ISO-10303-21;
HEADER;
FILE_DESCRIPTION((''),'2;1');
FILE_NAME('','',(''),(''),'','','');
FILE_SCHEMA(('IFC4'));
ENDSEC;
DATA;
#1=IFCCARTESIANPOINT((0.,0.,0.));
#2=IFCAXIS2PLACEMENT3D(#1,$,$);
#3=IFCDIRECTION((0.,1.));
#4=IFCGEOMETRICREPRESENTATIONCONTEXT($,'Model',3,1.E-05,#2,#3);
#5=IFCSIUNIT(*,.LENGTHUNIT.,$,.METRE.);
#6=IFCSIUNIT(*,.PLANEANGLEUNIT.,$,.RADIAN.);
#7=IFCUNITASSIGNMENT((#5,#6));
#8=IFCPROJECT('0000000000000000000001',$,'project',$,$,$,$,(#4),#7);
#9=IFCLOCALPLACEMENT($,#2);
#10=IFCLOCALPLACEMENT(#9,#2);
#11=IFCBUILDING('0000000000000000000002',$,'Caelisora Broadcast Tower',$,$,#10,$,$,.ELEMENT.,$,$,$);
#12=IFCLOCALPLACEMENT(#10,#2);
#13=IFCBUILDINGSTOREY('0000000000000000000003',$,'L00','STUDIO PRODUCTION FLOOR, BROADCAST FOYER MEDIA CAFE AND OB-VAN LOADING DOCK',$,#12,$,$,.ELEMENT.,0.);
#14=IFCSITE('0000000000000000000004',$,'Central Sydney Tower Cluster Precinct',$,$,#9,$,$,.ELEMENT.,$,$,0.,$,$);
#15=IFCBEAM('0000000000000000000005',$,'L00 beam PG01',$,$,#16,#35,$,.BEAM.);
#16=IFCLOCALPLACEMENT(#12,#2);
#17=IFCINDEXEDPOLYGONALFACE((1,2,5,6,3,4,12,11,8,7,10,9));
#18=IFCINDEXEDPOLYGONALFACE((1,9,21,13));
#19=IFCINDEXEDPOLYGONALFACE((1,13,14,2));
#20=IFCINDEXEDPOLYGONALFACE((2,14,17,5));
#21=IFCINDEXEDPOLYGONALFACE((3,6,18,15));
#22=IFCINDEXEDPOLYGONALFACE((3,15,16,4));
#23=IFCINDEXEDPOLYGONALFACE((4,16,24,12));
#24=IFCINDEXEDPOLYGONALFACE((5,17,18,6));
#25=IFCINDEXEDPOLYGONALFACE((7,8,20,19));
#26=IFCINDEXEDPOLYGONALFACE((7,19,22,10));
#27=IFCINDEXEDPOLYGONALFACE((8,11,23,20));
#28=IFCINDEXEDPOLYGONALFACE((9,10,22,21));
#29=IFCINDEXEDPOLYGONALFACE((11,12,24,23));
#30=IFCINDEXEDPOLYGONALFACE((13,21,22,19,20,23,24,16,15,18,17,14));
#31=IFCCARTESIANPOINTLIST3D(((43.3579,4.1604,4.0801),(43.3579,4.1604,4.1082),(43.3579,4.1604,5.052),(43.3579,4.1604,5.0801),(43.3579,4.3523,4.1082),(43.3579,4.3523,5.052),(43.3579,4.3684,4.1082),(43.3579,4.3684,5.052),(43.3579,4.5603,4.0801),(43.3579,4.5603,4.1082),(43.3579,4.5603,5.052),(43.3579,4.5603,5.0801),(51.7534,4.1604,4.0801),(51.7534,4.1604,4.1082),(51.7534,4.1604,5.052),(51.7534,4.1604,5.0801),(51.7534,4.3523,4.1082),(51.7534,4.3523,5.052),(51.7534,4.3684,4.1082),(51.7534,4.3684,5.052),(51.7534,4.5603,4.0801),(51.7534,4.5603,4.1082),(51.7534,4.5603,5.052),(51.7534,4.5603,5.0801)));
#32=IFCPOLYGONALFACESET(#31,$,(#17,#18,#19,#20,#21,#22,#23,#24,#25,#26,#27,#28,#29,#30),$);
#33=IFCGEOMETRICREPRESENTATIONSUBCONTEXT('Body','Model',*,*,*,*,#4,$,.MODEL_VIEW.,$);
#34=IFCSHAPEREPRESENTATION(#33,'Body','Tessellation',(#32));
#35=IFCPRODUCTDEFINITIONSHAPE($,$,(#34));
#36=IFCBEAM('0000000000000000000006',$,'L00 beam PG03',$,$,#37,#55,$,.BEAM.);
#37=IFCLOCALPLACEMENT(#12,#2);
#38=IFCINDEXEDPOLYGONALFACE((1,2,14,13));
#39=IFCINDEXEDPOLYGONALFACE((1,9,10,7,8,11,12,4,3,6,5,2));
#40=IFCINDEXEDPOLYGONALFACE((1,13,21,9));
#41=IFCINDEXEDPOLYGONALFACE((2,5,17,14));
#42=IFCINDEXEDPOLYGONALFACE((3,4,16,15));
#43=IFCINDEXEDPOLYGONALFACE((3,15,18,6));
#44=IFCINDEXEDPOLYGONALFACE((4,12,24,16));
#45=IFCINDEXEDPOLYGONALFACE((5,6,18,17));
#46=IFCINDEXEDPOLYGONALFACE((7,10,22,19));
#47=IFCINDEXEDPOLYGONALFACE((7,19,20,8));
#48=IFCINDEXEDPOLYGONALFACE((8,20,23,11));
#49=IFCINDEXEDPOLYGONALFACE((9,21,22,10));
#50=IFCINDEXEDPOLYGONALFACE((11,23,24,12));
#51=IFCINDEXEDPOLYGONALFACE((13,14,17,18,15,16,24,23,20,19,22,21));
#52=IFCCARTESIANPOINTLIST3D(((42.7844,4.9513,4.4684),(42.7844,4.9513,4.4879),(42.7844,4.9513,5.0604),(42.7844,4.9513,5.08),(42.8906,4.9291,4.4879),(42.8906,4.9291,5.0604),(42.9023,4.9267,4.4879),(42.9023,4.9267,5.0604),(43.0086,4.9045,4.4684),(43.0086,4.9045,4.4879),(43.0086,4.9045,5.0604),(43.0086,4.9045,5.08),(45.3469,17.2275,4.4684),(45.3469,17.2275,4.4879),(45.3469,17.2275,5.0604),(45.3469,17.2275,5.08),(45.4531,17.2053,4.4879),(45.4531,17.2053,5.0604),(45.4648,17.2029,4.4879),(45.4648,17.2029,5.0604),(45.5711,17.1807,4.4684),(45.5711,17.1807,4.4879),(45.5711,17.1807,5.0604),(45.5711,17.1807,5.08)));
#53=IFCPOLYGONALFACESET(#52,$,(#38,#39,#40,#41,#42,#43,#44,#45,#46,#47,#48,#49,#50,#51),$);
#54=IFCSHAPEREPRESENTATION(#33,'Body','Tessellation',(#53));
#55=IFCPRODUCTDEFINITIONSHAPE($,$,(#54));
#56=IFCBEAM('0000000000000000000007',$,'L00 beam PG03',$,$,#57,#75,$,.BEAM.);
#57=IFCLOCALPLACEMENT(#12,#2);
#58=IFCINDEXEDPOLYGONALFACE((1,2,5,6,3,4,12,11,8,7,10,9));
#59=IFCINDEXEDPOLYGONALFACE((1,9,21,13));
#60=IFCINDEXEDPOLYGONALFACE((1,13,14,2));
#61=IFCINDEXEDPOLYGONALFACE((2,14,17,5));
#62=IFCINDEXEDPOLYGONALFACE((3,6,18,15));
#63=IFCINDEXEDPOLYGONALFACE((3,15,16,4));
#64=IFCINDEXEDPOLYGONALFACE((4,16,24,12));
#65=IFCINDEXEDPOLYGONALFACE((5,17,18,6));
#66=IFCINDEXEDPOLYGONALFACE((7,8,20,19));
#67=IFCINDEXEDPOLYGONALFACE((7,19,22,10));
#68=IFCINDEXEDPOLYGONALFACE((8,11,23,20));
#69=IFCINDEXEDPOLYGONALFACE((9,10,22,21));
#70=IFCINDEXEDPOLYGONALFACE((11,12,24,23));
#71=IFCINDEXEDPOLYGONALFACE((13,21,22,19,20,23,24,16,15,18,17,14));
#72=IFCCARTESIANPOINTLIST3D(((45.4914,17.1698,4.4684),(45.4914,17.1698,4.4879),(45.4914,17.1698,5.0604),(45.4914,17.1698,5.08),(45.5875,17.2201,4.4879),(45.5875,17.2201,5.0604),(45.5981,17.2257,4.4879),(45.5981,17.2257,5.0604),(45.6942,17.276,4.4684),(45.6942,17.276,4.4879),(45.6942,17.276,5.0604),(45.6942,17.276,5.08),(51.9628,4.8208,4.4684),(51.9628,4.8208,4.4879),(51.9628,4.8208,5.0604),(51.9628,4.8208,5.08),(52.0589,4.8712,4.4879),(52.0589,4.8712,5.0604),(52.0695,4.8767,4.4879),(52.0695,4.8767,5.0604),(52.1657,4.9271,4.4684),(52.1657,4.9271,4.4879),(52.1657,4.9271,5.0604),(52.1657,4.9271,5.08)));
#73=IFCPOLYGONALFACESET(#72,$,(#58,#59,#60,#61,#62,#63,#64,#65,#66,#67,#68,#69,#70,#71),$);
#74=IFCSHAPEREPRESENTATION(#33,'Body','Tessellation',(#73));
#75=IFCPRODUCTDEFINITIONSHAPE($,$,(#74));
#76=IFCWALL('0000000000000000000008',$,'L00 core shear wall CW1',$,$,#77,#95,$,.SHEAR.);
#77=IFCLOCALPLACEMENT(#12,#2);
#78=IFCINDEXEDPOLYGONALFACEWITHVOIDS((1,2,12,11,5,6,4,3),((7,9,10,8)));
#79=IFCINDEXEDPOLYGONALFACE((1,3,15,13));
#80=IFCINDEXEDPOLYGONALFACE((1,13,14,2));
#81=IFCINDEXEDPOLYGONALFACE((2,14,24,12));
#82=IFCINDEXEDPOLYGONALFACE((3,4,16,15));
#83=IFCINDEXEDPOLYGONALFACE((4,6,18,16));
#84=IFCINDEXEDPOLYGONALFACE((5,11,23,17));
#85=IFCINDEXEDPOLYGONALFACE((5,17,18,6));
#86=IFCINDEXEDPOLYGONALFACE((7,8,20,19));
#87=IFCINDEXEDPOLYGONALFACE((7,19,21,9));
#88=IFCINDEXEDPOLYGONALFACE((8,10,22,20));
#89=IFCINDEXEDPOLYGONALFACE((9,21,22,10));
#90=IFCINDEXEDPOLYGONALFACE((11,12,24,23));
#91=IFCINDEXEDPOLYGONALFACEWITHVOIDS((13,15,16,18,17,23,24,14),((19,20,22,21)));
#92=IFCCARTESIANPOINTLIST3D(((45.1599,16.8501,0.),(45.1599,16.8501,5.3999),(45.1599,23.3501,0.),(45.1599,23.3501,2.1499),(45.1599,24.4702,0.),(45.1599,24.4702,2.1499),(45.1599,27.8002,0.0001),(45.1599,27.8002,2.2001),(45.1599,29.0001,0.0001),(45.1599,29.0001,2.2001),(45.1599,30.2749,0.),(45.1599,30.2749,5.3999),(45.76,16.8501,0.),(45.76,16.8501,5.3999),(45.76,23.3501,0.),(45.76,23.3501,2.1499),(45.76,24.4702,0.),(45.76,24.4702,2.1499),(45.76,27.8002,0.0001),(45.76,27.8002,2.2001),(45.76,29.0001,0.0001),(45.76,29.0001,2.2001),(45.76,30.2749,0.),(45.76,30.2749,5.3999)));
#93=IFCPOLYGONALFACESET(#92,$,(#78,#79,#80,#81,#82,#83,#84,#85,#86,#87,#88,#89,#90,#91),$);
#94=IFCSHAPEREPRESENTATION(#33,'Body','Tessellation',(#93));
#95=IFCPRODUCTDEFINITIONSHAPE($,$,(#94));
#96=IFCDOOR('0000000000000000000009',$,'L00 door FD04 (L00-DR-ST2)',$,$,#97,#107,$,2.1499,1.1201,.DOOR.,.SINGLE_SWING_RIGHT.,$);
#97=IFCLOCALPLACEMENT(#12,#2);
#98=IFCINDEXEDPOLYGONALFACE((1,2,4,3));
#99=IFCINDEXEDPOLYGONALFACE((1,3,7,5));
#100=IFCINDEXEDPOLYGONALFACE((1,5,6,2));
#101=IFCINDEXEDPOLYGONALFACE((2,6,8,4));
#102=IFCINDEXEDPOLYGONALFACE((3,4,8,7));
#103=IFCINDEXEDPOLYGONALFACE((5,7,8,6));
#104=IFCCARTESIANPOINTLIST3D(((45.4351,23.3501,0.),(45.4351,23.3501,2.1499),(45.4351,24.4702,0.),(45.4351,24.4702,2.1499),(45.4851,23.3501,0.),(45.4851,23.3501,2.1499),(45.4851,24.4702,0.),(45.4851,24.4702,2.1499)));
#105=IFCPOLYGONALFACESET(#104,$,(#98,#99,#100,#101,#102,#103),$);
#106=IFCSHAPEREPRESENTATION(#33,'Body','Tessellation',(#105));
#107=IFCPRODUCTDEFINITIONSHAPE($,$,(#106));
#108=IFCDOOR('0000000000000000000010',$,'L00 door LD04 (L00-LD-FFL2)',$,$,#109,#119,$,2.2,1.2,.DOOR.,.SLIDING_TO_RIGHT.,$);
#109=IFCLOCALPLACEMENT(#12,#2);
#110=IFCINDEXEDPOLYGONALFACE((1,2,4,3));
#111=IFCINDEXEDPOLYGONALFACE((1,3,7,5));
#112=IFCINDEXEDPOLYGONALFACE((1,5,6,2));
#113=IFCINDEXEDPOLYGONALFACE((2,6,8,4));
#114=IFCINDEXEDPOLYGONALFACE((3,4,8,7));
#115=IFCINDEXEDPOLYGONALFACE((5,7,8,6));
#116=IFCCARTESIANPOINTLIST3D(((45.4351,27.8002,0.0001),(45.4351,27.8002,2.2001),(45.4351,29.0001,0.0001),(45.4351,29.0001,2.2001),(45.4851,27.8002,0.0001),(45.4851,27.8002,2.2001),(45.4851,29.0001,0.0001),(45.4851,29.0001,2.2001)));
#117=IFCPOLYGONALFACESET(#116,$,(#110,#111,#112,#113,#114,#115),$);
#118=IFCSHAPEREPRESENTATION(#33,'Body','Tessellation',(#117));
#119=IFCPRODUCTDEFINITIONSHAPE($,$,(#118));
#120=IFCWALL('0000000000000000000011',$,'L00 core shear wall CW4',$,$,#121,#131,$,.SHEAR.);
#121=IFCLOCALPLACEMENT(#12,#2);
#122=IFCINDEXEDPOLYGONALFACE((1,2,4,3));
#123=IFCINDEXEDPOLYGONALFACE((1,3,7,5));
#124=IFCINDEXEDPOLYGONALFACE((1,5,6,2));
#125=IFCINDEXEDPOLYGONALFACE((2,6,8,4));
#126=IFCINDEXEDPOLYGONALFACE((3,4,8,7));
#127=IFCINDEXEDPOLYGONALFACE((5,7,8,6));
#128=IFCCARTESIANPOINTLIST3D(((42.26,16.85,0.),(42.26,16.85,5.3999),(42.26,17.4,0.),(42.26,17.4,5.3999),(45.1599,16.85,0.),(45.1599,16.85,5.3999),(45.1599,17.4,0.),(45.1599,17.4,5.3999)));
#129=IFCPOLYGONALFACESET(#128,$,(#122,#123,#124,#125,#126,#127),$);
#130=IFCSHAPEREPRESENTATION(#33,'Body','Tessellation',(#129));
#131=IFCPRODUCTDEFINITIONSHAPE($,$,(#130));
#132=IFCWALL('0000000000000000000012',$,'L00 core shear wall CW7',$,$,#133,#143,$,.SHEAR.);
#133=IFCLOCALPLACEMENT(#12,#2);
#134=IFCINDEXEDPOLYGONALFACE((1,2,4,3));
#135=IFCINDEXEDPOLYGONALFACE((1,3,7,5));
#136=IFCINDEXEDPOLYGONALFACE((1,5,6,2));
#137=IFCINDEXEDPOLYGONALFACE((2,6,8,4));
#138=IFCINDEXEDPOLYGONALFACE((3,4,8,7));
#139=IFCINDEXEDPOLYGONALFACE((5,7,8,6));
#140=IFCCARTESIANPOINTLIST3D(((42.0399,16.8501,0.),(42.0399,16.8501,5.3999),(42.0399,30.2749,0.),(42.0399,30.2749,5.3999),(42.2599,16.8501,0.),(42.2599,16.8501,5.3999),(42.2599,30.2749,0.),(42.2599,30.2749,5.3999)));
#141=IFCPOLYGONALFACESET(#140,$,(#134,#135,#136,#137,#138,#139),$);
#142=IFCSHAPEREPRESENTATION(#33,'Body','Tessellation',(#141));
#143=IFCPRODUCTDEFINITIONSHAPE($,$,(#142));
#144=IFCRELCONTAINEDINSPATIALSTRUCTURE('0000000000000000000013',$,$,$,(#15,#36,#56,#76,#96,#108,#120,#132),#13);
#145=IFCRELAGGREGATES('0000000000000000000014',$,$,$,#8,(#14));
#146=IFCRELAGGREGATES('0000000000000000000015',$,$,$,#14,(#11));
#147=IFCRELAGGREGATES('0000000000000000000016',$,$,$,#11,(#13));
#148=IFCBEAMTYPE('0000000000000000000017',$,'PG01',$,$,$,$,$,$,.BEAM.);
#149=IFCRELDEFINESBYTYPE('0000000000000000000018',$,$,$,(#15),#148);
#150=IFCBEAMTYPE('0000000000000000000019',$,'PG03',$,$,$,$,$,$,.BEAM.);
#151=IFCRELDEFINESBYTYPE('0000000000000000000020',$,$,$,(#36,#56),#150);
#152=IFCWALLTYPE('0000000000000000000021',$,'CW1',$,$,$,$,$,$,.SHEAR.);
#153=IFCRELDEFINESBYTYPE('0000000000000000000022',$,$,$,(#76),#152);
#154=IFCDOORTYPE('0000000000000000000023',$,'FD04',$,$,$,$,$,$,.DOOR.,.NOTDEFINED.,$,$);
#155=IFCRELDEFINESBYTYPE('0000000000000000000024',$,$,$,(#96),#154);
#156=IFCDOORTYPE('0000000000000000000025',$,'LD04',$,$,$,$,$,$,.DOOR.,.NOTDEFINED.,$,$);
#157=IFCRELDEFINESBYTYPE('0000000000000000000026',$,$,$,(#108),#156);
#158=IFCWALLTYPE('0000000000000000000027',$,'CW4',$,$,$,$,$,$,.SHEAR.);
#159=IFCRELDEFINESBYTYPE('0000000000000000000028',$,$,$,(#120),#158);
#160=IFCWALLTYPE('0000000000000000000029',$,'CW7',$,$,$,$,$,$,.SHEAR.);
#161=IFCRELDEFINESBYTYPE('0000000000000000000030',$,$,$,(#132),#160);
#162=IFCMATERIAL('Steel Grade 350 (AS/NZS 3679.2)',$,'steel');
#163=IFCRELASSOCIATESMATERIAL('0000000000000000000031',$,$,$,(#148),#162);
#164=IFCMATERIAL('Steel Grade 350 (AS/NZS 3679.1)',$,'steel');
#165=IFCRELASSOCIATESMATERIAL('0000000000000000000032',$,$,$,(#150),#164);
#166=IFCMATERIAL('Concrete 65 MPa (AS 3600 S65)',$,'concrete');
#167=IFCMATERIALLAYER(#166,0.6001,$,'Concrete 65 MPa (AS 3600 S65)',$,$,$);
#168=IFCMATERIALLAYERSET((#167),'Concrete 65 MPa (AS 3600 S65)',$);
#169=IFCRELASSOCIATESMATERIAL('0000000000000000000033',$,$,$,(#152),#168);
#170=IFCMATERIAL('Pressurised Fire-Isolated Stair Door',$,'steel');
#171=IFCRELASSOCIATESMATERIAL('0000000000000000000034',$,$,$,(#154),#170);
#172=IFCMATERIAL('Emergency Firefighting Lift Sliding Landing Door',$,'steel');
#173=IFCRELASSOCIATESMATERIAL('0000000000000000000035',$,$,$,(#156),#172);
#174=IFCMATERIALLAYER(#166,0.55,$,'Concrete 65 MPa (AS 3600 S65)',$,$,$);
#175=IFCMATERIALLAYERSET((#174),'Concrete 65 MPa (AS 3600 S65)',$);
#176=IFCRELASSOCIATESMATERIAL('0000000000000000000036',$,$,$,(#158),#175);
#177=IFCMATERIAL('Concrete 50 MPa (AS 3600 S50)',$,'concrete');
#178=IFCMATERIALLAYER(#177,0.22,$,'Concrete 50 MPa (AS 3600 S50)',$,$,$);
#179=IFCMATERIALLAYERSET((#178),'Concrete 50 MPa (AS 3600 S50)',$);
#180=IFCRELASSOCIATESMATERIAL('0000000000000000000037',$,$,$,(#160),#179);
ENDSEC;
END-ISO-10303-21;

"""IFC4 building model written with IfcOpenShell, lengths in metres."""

from ifc_helpers import new_model, si_unit, direction, frame, frame_2d, origin, origin_2d, place, context, subcontext, project, spatial, rectangle, i_section, extrude, source, transform, mapped, material, layer, layer_set, material_profile, profile_set, type_object, type_shapes, element, fill, save


model = new_model("IFC4")

# Units and contexts
model_context = context("Model", 3, precision=1e-05, world=origin(), true_north=direction((0.0, 1.0)))
body_context = subcontext(model_context, "Body", "Model", "MODEL_VIEW")
ifc_project = project(units=[si_unit("LENGTHUNIT", "METRE"), si_unit("PLANEANGLEUNIT", "RADIAN")], contexts=[model_context])

# Site, building, storey
site_placement = place(None, origin())
site = spatial("IfcSite", under=ifc_project, at=site_placement, Name="Central Sydney Tower Cluster Precinct", CompositionType="ELEMENT", RefElevation=0.0)
building_placement = place(site_placement, origin())
building = spatial("IfcBuilding", under=site, at=building_placement, Name="Caelisora Broadcast Tower", CompositionType="ELEMENT")
storey_placement = place(building_placement, origin())
storey = spatial("IfcBuildingStorey", under=building, at=storey_placement, Name="L00", Description="STUDIO PRODUCTION FLOOR, BROADCAST FOYER MEDIA CAFE AND OB-VAN LOADING DOCK", CompositionType="ELEMENT", Elevation=0.0)

# Shared definitions
ifc_material_1 = material(Name="Steel Grade 350 (AS/NZS 3679.2)", Category="steel")
ifc_material_2 = material(Name="Steel Grade 350 (AS/NZS 3679.1)", Category="steel")

# Beams
ifc_material_profile_1 = material_profile(ifc_material_1, i_section(OverallWidth=0.3999, OverallDepth=1.0, WebThickness=0.0161, FlangeThickness=0.0281, at=origin_2d()), Name="Steel Grade 350 (AS/NZS 3679.2)")
ifc_profile_set_1 = profile_set([ifc_material_profile_1], Name="Steel Grade 350 (AS/NZS 3679.2)")
beam_type_1 = type_object("IfcBeamType", Name="PG01", PredefinedType="BEAM", material=ifc_profile_set_1)
shared_shape_1 = source(origin(), body_context, "Body", "SweptSolid", [
    extrude(i_section(OverallWidth=0.3999, OverallDepth=1.0, WebThickness=0.0161, FlangeThickness=0.0281, at=origin_2d()), origin(), (0.0, 0.0, 1.0), 8.3955),
])
type_shapes(beam_type_1, [shared_shape_1])
beam_1_placement = place(storey_placement, frame((43.3579, 4.3604, 4.5801), z_axis=(1.0, 0.0, 0.0), x_axis=(0.0, 1.0, 0.0)))
element("IfcBeam", 1, at=beam_1_placement, inside=storey, type_object=beam_type_1, Name="L00 beam PG01", PredefinedType="BEAM", context=body_context, shape_type="MappedRepresentation", body=[
    mapped(shared_shape_1, transform((0.0, 0.0, 0.0), scale=1.0)),
])
ifc_material_profile_2 = material_profile(ifc_material_2, i_section(OverallWidth=0.229, OverallDepth=0.6116, WebThickness=0.012, FlangeThickness=0.0195, at=origin_2d()), Name="Steel Grade 350 (AS/NZS 3679.1)")
ifc_profile_set_2 = profile_set([ifc_material_profile_2], Name="Steel Grade 350 (AS/NZS 3679.1)")
beam_type_2 = type_object("IfcBeamType", Name="PG03", PredefinedType="BEAM", material=ifc_profile_set_2)
shared_shape_2 = source(origin(), body_context, "Body", "SweptSolid", [
    extrude(i_section(OverallWidth=0.229, OverallDepth=0.6116, WebThickness=0.012, FlangeThickness=0.0195, at=origin_2d()), origin(), (0.0, 0.0, 1.0), 12.5408),
])
beam_2_placement = place(storey_placement, frame((45.459, 17.2041, 4.7742), z_axis=(-0.204334, -0.978901, 0.0), x_axis=(0.978901, -0.204334, 0.0)))
element("IfcBeam", 2, at=beam_2_placement, inside=storey, type_object=beam_type_2, Name="L00 beam PG03", PredefinedType="BEAM", context=body_context, shape_type="MappedRepresentation", body=[
    mapped(shared_shape_2, transform((0.0, 0.0, 0.0), scale=1.0)),
])
shared_shape_3 = source(origin(), body_context, "Body", "SweptSolid", [
    extrude(i_section(OverallWidth=0.229, OverallDepth=0.6116, WebThickness=0.012, FlangeThickness=0.0195, at=origin_2d()), origin(), (0.0, 0.0, 1.0), 13.9419),
])
type_shapes(beam_type_2, [shared_shape_2, shared_shape_3])
beam_3_placement = place(storey_placement, frame((45.5928, 17.2229, 4.7742), z_axis=(0.464174, -0.885744, 0.0), x_axis=(0.885744, 0.464174, 0.0)))
element("IfcBeam", 3, at=beam_3_placement, inside=storey, type_object=beam_type_2, Name="L00 beam PG03", PredefinedType="BEAM", context=body_context, shape_type="MappedRepresentation", body=[
    mapped(shared_shape_3, transform((0.0, 0.0, 0.0), scale=1.0)),
])

# Wall, openings, doors
ifc_material_3 = material(Name="Concrete 65 MPa (AS 3600 S65)", Category="concrete")
ifc_layer_1 = layer(ifc_material_3, 0.6001, Name="Concrete 65 MPa (AS 3600 S65)")
ifc_layer_set_1 = layer_set([ifc_layer_1], Name="Concrete 65 MPa (AS 3600 S65)")
wall_type_1 = type_object("IfcWallType", Name="CW1", PredefinedType="SHEAR", material=ifc_layer_set_1)
wall_1_placement = place(storey_placement, frame((45.46, 16.8501, 0.0), z_axis=(0.0, 0.0, 1.0), x_axis=(0.0, 1.0, 0.0)))
wall_1 = element("IfcWall", 4, at=wall_1_placement, inside=storey, type_object=wall_type_1, Name="L00 core shear wall CW1", PredefinedType="SHEAR", context=body_context, shape_type="SweptSolid", body=[
    extrude(rectangle(XDim=13.4248, YDim=0.6001, at=frame_2d((6.7124, 0.0))), origin(), (0.0, 0.0, 1.0), 5.3999),
])
opening_1_placement = place(wall_1_placement, frame((6.5, 0.0, 0.0)))
opening_1 = element("IfcOpeningElement", 5, at=opening_1_placement, cuts=wall_1, PredefinedType="OPENING", context=body_context, shape_type="SweptSolid", body=[
    extrude(rectangle(XDim=1.1201, YDim=2.1499, at=frame_2d((0.5601, 1.075))), frame((0.0, 0.312, 0.0), z_axis=(0.0, -1.0, 0.0), x_axis=(1.0, 0.0, 0.0)), (0.0, 0.0, 1.0), 0.624),
])
opening_2_placement = place(wall_1_placement, frame((10.95, 0.0, 0.0)))
opening_2 = element("IfcOpeningElement", 6, at=opening_2_placement, cuts=wall_1, PredefinedType="OPENING", context=body_context, shape_type="SweptSolid", body=[
    extrude(rectangle(XDim=1.2, YDim=2.2, at=frame_2d((0.6001, 1.1001))), frame((0.0, 0.312, 0.0), z_axis=(0.0, -1.0, 0.0), x_axis=(1.0, 0.0, 0.0)), (0.0, 0.0, 1.0), 0.624),
])
ifc_material_4 = material(Name="Pressurised Fire-Isolated Stair Door", Category="steel")
door_type_1 = type_object("IfcDoorType", Name="FD04", OperationType="NOTDEFINED", PredefinedType="DOOR", material=ifc_material_4)
door_1_placement = place(opening_1_placement, origin())
door_1 = element("IfcDoor", 7, at=door_1_placement, inside=storey, type_object=door_type_1, Name="L00 door FD04 (L00-DR-ST2)", OperationType="SINGLE_SWING_RIGHT", OverallHeight=2.1499, OverallWidth=1.1201, PredefinedType="DOOR", context=body_context, shape_type="SweptSolid", body=[
    extrude(rectangle(XDim=1.1201, YDim=2.1499, at=frame_2d((0.5601, 1.075))), frame((0.0, 0.0249, 0.0), z_axis=(0.0, -1.0, 0.0), x_axis=(1.0, 0.0, 0.0)), (0.0, 0.0, 1.0), 0.05),
])
fill(opening_1, door_1)
ifc_material_5 = material(Name="Emergency Firefighting Lift Sliding Landing Door", Category="steel")
door_type_2 = type_object("IfcDoorType", Name="LD04", OperationType="NOTDEFINED", PredefinedType="DOOR", material=ifc_material_5)
door_2_placement = place(opening_2_placement, origin())
door_2 = element("IfcDoor", 8, at=door_2_placement, inside=storey, type_object=door_type_2, Name="L00 door LD04 (L00-LD-FFL2)", OperationType="SLIDING_TO_RIGHT", OverallHeight=2.2, OverallWidth=1.2, PredefinedType="DOOR", context=body_context, shape_type="SweptSolid", body=[
    extrude(rectangle(XDim=1.2, YDim=2.2, at=frame_2d((0.6001, 1.1001))), frame((0.0, 0.0249, 0.0), z_axis=(0.0, -1.0, 0.0), x_axis=(1.0, 0.0, 0.0)), (0.0, 0.0, 1.0), 0.05),
])
fill(opening_2, door_2)

# Walls
ifc_layer_2 = layer(ifc_material_3, 0.55, Name="Concrete 65 MPa (AS 3600 S65)")
ifc_layer_set_2 = layer_set([ifc_layer_2], Name="Concrete 65 MPa (AS 3600 S65)")
wall_type_2 = type_object("IfcWallType", Name="CW4", PredefinedType="SHEAR", material=ifc_layer_set_2)
wall_2_placement = place(storey_placement, frame((42.26, 17.125, 0.0), z_axis=(0.0, 0.0, 1.0), x_axis=(1.0, 0.0, 0.0)))
element("IfcWall", 9, at=wall_2_placement, inside=storey, type_object=wall_type_2, Name="L00 core shear wall CW4", PredefinedType="SHEAR", context=body_context, shape_type="SweptSolid", body=[
    extrude(rectangle(XDim=2.8999, YDim=0.55, at=frame_2d((1.45, 0.0))), origin(), (0.0, 0.0, 1.0), 5.3999),
])
ifc_material_6 = material(Name="Concrete 50 MPa (AS 3600 S50)", Category="concrete")
ifc_layer_3 = layer(ifc_material_6, 0.22, Name="Concrete 50 MPa (AS 3600 S50)")
ifc_layer_set_3 = layer_set([ifc_layer_3], Name="Concrete 50 MPa (AS 3600 S50)")
wall_type_3 = type_object("IfcWallType", Name="CW7", PredefinedType="SHEAR", material=ifc_layer_set_3)
wall_3_placement = place(storey_placement, frame((42.1499, 16.8501, 0.0), z_axis=(0.0, 0.0, 1.0), x_axis=(0.0, 1.0, 0.0)))
element("IfcWall", 10, at=wall_3_placement, inside=storey, type_object=wall_type_3, Name="L00 core shear wall CW7", PredefinedType="SHEAR", context=body_context, shape_type="SweptSolid", body=[
    extrude(rectangle(XDim=13.4248, YDim=0.22, at=frame_2d((6.7124, 0.0))), origin(), (0.0, 0.0, 1.0), 5.3999),
])

save(model, "model.ifc")
